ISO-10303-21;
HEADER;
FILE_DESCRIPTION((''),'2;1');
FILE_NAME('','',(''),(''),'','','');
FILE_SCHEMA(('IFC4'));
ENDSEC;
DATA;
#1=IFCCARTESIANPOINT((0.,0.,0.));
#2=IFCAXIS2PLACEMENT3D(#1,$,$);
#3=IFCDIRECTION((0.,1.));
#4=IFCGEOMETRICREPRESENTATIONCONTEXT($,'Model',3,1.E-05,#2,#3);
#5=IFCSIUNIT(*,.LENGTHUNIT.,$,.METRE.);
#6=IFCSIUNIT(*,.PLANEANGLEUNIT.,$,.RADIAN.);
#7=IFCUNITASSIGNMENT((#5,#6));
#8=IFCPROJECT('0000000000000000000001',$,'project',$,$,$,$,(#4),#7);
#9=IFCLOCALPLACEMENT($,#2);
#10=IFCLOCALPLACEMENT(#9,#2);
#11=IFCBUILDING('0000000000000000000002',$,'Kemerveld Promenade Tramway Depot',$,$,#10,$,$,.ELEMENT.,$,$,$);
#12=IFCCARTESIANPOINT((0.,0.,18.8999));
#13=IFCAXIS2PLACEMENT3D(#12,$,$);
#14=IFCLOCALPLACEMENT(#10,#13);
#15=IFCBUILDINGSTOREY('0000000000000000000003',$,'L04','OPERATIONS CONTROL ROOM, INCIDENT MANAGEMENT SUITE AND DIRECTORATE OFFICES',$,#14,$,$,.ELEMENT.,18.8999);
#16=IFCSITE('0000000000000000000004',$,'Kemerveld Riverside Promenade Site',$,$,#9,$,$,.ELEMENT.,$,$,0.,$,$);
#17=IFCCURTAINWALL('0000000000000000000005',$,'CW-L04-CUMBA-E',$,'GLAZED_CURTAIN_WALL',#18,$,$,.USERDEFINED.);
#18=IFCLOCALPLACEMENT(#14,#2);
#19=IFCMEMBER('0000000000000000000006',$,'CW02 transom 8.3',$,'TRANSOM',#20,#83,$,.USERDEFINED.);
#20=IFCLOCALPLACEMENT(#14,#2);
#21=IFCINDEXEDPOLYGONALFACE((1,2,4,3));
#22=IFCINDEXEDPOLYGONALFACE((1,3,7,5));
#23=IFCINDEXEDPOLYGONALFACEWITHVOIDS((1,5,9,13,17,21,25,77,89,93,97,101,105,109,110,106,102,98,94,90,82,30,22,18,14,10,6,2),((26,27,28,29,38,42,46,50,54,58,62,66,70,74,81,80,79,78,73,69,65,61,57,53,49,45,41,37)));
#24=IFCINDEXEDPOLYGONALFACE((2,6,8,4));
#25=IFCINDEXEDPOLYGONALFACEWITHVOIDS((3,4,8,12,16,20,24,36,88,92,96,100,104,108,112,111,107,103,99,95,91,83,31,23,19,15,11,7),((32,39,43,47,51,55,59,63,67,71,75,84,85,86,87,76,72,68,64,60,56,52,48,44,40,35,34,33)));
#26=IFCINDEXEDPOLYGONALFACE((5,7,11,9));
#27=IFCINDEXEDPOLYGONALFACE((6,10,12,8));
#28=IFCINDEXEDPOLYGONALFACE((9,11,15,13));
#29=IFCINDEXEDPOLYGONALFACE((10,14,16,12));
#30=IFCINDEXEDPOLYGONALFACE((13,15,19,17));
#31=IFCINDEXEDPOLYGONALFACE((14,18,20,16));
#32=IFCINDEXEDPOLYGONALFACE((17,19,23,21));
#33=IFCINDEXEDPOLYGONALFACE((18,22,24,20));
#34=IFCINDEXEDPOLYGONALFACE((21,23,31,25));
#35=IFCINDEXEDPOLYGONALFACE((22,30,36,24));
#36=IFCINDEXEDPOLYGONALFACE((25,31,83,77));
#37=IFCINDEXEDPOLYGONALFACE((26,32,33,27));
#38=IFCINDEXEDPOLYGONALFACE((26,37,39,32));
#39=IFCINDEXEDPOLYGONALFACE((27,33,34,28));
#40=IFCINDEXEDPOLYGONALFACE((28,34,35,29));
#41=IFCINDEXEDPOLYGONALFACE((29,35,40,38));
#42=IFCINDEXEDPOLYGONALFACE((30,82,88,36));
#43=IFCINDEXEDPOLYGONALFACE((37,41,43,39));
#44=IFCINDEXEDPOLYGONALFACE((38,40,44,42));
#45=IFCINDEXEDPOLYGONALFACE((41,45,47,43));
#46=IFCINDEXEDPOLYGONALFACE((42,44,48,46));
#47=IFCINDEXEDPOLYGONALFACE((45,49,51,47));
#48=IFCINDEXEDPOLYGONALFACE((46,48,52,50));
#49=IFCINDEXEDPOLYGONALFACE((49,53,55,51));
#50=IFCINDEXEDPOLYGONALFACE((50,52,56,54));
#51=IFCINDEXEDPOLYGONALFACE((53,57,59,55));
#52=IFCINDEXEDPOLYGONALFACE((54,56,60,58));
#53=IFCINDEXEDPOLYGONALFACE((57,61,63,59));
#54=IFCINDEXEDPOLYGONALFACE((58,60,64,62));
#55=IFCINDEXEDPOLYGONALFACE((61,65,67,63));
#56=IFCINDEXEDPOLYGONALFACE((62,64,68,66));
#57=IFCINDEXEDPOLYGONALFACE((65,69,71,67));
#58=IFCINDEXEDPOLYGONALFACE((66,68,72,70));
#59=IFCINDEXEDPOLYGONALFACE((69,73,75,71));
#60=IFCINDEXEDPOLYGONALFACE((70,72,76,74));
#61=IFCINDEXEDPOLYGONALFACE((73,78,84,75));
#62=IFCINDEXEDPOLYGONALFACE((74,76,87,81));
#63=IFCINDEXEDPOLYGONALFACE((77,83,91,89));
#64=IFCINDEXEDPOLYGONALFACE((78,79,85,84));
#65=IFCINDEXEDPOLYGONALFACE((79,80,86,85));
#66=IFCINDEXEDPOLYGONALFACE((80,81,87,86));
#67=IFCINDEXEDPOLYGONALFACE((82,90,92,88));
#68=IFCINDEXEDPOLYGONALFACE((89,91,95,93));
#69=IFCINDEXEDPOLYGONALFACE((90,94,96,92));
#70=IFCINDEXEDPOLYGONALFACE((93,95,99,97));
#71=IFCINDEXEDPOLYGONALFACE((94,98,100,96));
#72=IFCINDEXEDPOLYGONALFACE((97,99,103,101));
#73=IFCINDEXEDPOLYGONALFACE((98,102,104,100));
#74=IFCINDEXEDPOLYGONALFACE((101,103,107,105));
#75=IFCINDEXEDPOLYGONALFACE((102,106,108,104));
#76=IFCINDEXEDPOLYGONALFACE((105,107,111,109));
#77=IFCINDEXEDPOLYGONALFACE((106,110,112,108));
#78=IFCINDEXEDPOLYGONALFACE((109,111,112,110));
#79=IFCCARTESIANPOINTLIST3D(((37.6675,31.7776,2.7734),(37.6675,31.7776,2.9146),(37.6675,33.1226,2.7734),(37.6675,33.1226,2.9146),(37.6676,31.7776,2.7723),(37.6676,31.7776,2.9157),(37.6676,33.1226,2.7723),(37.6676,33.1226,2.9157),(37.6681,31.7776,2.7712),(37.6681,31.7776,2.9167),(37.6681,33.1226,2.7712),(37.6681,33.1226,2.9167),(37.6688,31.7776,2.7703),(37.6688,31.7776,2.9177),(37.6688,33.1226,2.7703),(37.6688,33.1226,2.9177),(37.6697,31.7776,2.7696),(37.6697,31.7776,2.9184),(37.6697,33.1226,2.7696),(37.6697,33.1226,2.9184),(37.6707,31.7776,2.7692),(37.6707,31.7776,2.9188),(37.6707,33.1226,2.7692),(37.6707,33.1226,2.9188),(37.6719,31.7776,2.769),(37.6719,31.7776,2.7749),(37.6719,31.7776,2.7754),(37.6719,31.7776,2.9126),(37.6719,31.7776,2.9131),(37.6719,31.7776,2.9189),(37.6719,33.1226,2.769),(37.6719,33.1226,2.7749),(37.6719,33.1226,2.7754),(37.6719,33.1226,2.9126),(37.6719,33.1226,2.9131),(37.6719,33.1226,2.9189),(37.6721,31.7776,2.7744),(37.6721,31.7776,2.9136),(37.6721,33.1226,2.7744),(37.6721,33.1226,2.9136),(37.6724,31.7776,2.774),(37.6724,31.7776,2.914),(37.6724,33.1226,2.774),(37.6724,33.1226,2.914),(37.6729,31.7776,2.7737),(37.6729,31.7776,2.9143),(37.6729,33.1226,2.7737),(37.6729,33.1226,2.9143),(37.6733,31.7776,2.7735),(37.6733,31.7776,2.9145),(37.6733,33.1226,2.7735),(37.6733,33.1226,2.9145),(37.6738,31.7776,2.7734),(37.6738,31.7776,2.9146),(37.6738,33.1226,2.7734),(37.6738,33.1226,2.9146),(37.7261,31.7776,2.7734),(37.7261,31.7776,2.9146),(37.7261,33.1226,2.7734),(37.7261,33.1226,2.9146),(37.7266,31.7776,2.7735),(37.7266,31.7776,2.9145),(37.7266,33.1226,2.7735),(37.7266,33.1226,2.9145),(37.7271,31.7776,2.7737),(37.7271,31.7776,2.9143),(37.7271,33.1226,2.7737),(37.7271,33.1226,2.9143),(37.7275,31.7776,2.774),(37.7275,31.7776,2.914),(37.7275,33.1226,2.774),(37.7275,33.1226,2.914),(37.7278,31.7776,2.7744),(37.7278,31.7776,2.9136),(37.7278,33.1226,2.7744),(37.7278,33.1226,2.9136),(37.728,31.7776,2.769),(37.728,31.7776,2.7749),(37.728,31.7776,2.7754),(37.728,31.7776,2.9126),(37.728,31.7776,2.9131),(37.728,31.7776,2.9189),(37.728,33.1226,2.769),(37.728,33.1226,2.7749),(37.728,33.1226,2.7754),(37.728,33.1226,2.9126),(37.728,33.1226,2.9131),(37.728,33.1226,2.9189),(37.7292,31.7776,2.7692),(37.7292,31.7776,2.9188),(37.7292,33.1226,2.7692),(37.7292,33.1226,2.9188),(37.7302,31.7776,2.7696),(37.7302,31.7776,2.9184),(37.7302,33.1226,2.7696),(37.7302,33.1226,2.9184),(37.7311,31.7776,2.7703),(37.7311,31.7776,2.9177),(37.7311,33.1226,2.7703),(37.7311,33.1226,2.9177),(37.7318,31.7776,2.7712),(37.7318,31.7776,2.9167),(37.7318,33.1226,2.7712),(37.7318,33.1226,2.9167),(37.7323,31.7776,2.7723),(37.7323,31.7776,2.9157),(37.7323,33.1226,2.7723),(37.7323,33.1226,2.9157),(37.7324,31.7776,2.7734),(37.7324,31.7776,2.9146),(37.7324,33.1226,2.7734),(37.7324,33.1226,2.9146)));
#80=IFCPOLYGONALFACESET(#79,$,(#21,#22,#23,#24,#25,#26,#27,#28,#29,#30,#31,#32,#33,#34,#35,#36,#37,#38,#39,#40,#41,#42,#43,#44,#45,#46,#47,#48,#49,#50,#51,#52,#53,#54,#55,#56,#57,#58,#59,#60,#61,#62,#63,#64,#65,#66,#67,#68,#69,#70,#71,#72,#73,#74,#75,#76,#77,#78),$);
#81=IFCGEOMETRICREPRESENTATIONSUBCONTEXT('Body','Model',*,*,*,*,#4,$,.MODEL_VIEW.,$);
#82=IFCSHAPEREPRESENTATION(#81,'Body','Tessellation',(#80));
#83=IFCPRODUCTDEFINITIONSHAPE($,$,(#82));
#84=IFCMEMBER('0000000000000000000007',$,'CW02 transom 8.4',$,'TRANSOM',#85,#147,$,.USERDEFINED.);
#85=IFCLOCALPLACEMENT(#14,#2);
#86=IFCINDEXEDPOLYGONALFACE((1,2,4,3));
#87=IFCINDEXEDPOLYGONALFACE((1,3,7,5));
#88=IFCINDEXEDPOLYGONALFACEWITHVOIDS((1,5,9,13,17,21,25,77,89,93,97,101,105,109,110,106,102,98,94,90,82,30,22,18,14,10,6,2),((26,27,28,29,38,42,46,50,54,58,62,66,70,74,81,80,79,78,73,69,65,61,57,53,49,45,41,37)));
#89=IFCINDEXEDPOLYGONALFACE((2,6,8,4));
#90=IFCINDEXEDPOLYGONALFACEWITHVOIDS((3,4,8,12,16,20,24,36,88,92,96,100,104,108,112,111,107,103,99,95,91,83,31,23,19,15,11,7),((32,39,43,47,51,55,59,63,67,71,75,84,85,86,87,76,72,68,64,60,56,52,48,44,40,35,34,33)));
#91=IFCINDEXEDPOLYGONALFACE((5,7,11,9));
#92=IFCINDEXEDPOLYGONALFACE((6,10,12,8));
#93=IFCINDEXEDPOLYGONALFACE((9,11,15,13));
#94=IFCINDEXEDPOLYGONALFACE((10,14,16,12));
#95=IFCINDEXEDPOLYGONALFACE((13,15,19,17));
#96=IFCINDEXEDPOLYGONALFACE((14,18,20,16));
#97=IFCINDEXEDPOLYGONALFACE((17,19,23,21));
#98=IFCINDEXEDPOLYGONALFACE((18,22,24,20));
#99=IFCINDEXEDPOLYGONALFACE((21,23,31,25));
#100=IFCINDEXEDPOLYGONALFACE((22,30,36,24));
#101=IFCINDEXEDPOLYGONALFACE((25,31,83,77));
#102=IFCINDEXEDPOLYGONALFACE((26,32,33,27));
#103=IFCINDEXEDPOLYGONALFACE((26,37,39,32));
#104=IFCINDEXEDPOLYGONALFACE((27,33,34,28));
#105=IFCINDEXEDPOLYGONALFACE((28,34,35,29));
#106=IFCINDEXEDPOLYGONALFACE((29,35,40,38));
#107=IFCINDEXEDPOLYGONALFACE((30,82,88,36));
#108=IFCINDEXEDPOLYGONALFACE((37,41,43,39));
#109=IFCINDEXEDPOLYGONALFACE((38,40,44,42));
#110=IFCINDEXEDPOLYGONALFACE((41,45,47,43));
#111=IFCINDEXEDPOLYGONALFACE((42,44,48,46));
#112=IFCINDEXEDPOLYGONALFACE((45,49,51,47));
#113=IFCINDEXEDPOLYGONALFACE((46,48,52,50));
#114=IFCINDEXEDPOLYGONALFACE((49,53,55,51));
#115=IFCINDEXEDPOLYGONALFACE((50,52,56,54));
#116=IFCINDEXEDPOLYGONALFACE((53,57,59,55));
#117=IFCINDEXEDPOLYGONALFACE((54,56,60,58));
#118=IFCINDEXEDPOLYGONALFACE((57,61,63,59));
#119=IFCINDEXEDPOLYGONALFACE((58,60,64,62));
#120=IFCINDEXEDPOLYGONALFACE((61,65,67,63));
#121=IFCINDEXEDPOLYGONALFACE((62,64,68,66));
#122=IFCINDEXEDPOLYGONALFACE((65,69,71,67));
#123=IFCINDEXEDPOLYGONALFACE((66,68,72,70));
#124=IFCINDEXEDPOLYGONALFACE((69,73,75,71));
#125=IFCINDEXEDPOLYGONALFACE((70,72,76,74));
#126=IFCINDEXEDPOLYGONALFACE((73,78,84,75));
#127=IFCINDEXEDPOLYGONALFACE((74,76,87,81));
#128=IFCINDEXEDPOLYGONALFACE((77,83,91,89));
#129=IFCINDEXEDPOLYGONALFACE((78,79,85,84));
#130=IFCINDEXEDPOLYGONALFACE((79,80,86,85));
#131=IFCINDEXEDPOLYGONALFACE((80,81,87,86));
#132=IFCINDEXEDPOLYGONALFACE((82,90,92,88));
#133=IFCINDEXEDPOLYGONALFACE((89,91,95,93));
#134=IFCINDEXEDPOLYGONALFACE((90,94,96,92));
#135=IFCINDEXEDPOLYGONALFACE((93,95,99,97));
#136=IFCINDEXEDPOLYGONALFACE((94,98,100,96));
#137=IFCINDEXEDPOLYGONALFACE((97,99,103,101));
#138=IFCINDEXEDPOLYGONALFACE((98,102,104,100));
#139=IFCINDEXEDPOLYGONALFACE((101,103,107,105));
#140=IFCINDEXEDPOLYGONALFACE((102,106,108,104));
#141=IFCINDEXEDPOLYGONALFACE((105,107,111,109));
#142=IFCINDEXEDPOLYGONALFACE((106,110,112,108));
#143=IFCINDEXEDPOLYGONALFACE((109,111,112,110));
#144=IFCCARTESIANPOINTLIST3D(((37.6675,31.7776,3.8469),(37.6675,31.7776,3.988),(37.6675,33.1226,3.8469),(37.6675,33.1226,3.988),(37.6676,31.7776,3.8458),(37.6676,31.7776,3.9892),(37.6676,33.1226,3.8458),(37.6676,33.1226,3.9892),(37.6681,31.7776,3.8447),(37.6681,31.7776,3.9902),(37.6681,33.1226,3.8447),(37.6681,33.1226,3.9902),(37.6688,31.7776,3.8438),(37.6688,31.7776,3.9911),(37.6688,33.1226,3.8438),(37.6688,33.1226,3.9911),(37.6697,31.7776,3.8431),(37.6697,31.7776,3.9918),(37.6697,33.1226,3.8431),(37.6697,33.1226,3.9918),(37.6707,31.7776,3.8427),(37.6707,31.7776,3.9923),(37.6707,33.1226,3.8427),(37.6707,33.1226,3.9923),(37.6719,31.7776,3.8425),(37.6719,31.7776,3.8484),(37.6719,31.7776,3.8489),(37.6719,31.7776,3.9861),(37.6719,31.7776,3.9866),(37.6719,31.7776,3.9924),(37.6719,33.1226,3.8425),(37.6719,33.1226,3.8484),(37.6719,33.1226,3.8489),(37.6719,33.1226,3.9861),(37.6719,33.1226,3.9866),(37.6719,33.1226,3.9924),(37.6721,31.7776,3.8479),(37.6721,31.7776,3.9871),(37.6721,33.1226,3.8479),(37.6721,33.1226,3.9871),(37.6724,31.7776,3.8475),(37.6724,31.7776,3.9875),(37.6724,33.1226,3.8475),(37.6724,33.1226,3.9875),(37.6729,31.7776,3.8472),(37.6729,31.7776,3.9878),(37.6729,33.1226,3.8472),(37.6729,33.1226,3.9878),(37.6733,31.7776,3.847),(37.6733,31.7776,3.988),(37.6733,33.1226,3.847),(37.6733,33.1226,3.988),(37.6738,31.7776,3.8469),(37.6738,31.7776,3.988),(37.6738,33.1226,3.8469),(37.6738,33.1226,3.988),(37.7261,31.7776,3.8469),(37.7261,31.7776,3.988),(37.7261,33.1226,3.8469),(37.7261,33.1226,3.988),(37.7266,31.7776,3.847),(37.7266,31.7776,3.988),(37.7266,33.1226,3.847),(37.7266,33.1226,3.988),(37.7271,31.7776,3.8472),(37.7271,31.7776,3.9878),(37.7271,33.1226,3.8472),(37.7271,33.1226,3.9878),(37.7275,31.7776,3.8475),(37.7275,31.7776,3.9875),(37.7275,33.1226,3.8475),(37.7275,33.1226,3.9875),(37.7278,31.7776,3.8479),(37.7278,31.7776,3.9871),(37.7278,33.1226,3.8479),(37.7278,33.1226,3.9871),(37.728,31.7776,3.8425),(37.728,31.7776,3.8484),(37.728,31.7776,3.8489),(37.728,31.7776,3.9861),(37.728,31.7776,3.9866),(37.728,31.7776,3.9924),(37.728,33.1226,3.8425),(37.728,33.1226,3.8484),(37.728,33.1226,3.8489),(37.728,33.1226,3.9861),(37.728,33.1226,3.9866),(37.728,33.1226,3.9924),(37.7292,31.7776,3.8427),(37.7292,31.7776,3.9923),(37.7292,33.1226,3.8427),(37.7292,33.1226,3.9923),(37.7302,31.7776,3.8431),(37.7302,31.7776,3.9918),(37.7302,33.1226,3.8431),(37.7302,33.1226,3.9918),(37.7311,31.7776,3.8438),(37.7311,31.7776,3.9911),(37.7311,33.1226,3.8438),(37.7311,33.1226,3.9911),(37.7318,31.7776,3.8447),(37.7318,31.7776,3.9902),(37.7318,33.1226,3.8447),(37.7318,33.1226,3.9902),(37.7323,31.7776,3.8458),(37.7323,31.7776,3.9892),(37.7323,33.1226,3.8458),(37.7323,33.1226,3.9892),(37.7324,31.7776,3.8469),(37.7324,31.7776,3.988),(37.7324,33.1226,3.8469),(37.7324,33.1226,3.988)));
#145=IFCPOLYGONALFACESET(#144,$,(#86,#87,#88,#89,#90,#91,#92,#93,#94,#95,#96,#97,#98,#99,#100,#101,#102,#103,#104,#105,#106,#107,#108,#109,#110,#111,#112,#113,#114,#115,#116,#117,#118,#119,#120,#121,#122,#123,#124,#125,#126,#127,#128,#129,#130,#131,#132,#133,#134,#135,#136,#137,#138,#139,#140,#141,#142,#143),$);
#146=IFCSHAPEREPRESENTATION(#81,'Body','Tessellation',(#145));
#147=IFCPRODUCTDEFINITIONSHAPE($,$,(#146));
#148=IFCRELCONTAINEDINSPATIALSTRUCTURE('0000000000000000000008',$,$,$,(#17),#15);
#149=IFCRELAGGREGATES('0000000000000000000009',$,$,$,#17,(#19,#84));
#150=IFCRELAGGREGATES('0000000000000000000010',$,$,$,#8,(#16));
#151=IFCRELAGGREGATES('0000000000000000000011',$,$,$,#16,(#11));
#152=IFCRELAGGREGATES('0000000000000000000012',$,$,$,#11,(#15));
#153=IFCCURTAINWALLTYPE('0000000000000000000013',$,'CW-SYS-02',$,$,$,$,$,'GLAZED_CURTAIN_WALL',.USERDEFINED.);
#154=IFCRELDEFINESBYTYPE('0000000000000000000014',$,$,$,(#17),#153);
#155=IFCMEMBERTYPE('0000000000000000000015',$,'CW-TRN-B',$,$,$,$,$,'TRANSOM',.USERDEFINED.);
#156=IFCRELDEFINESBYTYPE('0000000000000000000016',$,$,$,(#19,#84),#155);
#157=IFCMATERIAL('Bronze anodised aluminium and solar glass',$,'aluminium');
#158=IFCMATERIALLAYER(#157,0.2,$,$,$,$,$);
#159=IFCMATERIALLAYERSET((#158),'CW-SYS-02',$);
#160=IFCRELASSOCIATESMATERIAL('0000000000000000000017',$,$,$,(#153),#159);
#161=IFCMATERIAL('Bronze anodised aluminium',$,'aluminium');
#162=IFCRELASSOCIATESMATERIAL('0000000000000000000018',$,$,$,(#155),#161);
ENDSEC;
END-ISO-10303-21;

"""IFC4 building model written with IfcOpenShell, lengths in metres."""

from ifc_helpers import new_model, si_unit, direction, frame, origin, origin_2d, place, context, subcontext, project, spatial, hollow_rectangle, extrude, material, layer, layer_set, material_profile, profile_set, type_object, element, aggregate, save


model = new_model("IFC4")

# Units and contexts
model_context = context("Model", 3, precision=1e-05, world=origin(), true_north=direction((0.0, 1.0)))
body_context = subcontext(model_context, "Body", "Model", "MODEL_VIEW")
ifc_project = project(units=[si_unit("LENGTHUNIT", "METRE"), si_unit("PLANEANGLEUNIT", "RADIAN")], contexts=[model_context])

# Site, building, storey
site_placement = place(None, origin())
site = spatial("IfcSite", under=ifc_project, at=site_placement, Name="Kemerveld Riverside Promenade Site", CompositionType="ELEMENT", RefElevation=0.0)
building_placement = place(site_placement, origin())
building = spatial("IfcBuilding", under=site, at=building_placement, Name="Kemerveld Promenade Tramway Depot", CompositionType="ELEMENT")
storey_placement = place(building_placement, frame((0.0, 0.0, 18.8999)))
storey = spatial("IfcBuildingStorey", under=building, at=storey_placement, Name="L04", Description="OPERATIONS CONTROL ROOM, INCIDENT MANAGEMENT SUITE AND DIRECTORATE OFFICES", CompositionType="ELEMENT", Elevation=18.8999)

# Curtain wall, members
ifc_material_1 = material(Name="Bronze anodised aluminium and solar glass", Category="aluminium")
ifc_layer_1 = layer(ifc_material_1, 0.2)
ifc_layer_set_1 = layer_set([ifc_layer_1], Name="CW-SYS-02")
curtain_wall_type = type_object("IfcCurtainWallType", Name="CW-SYS-02", ElementType="GLAZED_CURTAIN_WALL", PredefinedType="USERDEFINED", material=ifc_layer_set_1)
curtain_wall_placement = place(storey_placement, origin())
curtain_wall = element("IfcCurtainWall", 1, at=curtain_wall_placement, inside=storey, type_object=curtain_wall_type, Name="CW-L04-CUMBA-E", ObjectType="GLAZED_CURTAIN_WALL", PredefinedType="USERDEFINED")
ifc_material_2 = material(Name="Bronze anodised aluminium", Category="aluminium")
ifc_material_profile_1 = material_profile(ifc_material_2, hollow_rectangle(XDim=0.0649, YDim=0.1499, WallThickness=0.0044, InnerFilletRadius=0.002, OuterFilletRadius=0.0044, at=origin_2d()), Name="CW-TRN-150x65")
ifc_profile_set_1 = profile_set([ifc_material_profile_1], Name="Bronze anodised aluminium")
member_type_1 = type_object("IfcMemberType", Name="CW-TRN-B", ElementType="TRANSOM", PredefinedType="USERDEFINED", material=ifc_profile_set_1)
member_1_placement = place(storey_placement, frame((37.7, 33.1226, 2.844), z_axis=(0.0, -1.0, 0.0), x_axis=(1.0, 0.0, 0.0)))
member_1 = element("IfcMember", 2, at=member_1_placement, type_object=member_type_1, Name="CW02 transom 8.3", ObjectType="TRANSOM", PredefinedType="USERDEFINED", context=body_context, shape_type="SweptSolid", body=[
    extrude(hollow_rectangle(XDim=0.0649, YDim=0.1499, WallThickness=0.0044, InnerFilletRadius=0.002, OuterFilletRadius=0.0044, at=origin_2d()), origin(), (0.0, 0.0, 1.0), 1.345),
])
member_2_placement = place(storey_placement, frame((37.7, 33.1226, 3.9175), z_axis=(0.0, -1.0, 0.0), x_axis=(1.0, 0.0, 0.0)))
member_2 = element("IfcMember", 3, at=member_2_placement, type_object=member_type_1, Name="CW02 transom 8.4", ObjectType="TRANSOM", PredefinedType="USERDEFINED", context=body_context, shape_type="SweptSolid", body=[
    extrude(hollow_rectangle(XDim=0.0649, YDim=0.1499, WallThickness=0.0044, InnerFilletRadius=0.002, OuterFilletRadius=0.0044, at=origin_2d()), origin(), (0.0, 0.0, 1.0), 1.345),
])
aggregate(curtain_wall, [member_1, member_2])

save(model, "model.ifc")
